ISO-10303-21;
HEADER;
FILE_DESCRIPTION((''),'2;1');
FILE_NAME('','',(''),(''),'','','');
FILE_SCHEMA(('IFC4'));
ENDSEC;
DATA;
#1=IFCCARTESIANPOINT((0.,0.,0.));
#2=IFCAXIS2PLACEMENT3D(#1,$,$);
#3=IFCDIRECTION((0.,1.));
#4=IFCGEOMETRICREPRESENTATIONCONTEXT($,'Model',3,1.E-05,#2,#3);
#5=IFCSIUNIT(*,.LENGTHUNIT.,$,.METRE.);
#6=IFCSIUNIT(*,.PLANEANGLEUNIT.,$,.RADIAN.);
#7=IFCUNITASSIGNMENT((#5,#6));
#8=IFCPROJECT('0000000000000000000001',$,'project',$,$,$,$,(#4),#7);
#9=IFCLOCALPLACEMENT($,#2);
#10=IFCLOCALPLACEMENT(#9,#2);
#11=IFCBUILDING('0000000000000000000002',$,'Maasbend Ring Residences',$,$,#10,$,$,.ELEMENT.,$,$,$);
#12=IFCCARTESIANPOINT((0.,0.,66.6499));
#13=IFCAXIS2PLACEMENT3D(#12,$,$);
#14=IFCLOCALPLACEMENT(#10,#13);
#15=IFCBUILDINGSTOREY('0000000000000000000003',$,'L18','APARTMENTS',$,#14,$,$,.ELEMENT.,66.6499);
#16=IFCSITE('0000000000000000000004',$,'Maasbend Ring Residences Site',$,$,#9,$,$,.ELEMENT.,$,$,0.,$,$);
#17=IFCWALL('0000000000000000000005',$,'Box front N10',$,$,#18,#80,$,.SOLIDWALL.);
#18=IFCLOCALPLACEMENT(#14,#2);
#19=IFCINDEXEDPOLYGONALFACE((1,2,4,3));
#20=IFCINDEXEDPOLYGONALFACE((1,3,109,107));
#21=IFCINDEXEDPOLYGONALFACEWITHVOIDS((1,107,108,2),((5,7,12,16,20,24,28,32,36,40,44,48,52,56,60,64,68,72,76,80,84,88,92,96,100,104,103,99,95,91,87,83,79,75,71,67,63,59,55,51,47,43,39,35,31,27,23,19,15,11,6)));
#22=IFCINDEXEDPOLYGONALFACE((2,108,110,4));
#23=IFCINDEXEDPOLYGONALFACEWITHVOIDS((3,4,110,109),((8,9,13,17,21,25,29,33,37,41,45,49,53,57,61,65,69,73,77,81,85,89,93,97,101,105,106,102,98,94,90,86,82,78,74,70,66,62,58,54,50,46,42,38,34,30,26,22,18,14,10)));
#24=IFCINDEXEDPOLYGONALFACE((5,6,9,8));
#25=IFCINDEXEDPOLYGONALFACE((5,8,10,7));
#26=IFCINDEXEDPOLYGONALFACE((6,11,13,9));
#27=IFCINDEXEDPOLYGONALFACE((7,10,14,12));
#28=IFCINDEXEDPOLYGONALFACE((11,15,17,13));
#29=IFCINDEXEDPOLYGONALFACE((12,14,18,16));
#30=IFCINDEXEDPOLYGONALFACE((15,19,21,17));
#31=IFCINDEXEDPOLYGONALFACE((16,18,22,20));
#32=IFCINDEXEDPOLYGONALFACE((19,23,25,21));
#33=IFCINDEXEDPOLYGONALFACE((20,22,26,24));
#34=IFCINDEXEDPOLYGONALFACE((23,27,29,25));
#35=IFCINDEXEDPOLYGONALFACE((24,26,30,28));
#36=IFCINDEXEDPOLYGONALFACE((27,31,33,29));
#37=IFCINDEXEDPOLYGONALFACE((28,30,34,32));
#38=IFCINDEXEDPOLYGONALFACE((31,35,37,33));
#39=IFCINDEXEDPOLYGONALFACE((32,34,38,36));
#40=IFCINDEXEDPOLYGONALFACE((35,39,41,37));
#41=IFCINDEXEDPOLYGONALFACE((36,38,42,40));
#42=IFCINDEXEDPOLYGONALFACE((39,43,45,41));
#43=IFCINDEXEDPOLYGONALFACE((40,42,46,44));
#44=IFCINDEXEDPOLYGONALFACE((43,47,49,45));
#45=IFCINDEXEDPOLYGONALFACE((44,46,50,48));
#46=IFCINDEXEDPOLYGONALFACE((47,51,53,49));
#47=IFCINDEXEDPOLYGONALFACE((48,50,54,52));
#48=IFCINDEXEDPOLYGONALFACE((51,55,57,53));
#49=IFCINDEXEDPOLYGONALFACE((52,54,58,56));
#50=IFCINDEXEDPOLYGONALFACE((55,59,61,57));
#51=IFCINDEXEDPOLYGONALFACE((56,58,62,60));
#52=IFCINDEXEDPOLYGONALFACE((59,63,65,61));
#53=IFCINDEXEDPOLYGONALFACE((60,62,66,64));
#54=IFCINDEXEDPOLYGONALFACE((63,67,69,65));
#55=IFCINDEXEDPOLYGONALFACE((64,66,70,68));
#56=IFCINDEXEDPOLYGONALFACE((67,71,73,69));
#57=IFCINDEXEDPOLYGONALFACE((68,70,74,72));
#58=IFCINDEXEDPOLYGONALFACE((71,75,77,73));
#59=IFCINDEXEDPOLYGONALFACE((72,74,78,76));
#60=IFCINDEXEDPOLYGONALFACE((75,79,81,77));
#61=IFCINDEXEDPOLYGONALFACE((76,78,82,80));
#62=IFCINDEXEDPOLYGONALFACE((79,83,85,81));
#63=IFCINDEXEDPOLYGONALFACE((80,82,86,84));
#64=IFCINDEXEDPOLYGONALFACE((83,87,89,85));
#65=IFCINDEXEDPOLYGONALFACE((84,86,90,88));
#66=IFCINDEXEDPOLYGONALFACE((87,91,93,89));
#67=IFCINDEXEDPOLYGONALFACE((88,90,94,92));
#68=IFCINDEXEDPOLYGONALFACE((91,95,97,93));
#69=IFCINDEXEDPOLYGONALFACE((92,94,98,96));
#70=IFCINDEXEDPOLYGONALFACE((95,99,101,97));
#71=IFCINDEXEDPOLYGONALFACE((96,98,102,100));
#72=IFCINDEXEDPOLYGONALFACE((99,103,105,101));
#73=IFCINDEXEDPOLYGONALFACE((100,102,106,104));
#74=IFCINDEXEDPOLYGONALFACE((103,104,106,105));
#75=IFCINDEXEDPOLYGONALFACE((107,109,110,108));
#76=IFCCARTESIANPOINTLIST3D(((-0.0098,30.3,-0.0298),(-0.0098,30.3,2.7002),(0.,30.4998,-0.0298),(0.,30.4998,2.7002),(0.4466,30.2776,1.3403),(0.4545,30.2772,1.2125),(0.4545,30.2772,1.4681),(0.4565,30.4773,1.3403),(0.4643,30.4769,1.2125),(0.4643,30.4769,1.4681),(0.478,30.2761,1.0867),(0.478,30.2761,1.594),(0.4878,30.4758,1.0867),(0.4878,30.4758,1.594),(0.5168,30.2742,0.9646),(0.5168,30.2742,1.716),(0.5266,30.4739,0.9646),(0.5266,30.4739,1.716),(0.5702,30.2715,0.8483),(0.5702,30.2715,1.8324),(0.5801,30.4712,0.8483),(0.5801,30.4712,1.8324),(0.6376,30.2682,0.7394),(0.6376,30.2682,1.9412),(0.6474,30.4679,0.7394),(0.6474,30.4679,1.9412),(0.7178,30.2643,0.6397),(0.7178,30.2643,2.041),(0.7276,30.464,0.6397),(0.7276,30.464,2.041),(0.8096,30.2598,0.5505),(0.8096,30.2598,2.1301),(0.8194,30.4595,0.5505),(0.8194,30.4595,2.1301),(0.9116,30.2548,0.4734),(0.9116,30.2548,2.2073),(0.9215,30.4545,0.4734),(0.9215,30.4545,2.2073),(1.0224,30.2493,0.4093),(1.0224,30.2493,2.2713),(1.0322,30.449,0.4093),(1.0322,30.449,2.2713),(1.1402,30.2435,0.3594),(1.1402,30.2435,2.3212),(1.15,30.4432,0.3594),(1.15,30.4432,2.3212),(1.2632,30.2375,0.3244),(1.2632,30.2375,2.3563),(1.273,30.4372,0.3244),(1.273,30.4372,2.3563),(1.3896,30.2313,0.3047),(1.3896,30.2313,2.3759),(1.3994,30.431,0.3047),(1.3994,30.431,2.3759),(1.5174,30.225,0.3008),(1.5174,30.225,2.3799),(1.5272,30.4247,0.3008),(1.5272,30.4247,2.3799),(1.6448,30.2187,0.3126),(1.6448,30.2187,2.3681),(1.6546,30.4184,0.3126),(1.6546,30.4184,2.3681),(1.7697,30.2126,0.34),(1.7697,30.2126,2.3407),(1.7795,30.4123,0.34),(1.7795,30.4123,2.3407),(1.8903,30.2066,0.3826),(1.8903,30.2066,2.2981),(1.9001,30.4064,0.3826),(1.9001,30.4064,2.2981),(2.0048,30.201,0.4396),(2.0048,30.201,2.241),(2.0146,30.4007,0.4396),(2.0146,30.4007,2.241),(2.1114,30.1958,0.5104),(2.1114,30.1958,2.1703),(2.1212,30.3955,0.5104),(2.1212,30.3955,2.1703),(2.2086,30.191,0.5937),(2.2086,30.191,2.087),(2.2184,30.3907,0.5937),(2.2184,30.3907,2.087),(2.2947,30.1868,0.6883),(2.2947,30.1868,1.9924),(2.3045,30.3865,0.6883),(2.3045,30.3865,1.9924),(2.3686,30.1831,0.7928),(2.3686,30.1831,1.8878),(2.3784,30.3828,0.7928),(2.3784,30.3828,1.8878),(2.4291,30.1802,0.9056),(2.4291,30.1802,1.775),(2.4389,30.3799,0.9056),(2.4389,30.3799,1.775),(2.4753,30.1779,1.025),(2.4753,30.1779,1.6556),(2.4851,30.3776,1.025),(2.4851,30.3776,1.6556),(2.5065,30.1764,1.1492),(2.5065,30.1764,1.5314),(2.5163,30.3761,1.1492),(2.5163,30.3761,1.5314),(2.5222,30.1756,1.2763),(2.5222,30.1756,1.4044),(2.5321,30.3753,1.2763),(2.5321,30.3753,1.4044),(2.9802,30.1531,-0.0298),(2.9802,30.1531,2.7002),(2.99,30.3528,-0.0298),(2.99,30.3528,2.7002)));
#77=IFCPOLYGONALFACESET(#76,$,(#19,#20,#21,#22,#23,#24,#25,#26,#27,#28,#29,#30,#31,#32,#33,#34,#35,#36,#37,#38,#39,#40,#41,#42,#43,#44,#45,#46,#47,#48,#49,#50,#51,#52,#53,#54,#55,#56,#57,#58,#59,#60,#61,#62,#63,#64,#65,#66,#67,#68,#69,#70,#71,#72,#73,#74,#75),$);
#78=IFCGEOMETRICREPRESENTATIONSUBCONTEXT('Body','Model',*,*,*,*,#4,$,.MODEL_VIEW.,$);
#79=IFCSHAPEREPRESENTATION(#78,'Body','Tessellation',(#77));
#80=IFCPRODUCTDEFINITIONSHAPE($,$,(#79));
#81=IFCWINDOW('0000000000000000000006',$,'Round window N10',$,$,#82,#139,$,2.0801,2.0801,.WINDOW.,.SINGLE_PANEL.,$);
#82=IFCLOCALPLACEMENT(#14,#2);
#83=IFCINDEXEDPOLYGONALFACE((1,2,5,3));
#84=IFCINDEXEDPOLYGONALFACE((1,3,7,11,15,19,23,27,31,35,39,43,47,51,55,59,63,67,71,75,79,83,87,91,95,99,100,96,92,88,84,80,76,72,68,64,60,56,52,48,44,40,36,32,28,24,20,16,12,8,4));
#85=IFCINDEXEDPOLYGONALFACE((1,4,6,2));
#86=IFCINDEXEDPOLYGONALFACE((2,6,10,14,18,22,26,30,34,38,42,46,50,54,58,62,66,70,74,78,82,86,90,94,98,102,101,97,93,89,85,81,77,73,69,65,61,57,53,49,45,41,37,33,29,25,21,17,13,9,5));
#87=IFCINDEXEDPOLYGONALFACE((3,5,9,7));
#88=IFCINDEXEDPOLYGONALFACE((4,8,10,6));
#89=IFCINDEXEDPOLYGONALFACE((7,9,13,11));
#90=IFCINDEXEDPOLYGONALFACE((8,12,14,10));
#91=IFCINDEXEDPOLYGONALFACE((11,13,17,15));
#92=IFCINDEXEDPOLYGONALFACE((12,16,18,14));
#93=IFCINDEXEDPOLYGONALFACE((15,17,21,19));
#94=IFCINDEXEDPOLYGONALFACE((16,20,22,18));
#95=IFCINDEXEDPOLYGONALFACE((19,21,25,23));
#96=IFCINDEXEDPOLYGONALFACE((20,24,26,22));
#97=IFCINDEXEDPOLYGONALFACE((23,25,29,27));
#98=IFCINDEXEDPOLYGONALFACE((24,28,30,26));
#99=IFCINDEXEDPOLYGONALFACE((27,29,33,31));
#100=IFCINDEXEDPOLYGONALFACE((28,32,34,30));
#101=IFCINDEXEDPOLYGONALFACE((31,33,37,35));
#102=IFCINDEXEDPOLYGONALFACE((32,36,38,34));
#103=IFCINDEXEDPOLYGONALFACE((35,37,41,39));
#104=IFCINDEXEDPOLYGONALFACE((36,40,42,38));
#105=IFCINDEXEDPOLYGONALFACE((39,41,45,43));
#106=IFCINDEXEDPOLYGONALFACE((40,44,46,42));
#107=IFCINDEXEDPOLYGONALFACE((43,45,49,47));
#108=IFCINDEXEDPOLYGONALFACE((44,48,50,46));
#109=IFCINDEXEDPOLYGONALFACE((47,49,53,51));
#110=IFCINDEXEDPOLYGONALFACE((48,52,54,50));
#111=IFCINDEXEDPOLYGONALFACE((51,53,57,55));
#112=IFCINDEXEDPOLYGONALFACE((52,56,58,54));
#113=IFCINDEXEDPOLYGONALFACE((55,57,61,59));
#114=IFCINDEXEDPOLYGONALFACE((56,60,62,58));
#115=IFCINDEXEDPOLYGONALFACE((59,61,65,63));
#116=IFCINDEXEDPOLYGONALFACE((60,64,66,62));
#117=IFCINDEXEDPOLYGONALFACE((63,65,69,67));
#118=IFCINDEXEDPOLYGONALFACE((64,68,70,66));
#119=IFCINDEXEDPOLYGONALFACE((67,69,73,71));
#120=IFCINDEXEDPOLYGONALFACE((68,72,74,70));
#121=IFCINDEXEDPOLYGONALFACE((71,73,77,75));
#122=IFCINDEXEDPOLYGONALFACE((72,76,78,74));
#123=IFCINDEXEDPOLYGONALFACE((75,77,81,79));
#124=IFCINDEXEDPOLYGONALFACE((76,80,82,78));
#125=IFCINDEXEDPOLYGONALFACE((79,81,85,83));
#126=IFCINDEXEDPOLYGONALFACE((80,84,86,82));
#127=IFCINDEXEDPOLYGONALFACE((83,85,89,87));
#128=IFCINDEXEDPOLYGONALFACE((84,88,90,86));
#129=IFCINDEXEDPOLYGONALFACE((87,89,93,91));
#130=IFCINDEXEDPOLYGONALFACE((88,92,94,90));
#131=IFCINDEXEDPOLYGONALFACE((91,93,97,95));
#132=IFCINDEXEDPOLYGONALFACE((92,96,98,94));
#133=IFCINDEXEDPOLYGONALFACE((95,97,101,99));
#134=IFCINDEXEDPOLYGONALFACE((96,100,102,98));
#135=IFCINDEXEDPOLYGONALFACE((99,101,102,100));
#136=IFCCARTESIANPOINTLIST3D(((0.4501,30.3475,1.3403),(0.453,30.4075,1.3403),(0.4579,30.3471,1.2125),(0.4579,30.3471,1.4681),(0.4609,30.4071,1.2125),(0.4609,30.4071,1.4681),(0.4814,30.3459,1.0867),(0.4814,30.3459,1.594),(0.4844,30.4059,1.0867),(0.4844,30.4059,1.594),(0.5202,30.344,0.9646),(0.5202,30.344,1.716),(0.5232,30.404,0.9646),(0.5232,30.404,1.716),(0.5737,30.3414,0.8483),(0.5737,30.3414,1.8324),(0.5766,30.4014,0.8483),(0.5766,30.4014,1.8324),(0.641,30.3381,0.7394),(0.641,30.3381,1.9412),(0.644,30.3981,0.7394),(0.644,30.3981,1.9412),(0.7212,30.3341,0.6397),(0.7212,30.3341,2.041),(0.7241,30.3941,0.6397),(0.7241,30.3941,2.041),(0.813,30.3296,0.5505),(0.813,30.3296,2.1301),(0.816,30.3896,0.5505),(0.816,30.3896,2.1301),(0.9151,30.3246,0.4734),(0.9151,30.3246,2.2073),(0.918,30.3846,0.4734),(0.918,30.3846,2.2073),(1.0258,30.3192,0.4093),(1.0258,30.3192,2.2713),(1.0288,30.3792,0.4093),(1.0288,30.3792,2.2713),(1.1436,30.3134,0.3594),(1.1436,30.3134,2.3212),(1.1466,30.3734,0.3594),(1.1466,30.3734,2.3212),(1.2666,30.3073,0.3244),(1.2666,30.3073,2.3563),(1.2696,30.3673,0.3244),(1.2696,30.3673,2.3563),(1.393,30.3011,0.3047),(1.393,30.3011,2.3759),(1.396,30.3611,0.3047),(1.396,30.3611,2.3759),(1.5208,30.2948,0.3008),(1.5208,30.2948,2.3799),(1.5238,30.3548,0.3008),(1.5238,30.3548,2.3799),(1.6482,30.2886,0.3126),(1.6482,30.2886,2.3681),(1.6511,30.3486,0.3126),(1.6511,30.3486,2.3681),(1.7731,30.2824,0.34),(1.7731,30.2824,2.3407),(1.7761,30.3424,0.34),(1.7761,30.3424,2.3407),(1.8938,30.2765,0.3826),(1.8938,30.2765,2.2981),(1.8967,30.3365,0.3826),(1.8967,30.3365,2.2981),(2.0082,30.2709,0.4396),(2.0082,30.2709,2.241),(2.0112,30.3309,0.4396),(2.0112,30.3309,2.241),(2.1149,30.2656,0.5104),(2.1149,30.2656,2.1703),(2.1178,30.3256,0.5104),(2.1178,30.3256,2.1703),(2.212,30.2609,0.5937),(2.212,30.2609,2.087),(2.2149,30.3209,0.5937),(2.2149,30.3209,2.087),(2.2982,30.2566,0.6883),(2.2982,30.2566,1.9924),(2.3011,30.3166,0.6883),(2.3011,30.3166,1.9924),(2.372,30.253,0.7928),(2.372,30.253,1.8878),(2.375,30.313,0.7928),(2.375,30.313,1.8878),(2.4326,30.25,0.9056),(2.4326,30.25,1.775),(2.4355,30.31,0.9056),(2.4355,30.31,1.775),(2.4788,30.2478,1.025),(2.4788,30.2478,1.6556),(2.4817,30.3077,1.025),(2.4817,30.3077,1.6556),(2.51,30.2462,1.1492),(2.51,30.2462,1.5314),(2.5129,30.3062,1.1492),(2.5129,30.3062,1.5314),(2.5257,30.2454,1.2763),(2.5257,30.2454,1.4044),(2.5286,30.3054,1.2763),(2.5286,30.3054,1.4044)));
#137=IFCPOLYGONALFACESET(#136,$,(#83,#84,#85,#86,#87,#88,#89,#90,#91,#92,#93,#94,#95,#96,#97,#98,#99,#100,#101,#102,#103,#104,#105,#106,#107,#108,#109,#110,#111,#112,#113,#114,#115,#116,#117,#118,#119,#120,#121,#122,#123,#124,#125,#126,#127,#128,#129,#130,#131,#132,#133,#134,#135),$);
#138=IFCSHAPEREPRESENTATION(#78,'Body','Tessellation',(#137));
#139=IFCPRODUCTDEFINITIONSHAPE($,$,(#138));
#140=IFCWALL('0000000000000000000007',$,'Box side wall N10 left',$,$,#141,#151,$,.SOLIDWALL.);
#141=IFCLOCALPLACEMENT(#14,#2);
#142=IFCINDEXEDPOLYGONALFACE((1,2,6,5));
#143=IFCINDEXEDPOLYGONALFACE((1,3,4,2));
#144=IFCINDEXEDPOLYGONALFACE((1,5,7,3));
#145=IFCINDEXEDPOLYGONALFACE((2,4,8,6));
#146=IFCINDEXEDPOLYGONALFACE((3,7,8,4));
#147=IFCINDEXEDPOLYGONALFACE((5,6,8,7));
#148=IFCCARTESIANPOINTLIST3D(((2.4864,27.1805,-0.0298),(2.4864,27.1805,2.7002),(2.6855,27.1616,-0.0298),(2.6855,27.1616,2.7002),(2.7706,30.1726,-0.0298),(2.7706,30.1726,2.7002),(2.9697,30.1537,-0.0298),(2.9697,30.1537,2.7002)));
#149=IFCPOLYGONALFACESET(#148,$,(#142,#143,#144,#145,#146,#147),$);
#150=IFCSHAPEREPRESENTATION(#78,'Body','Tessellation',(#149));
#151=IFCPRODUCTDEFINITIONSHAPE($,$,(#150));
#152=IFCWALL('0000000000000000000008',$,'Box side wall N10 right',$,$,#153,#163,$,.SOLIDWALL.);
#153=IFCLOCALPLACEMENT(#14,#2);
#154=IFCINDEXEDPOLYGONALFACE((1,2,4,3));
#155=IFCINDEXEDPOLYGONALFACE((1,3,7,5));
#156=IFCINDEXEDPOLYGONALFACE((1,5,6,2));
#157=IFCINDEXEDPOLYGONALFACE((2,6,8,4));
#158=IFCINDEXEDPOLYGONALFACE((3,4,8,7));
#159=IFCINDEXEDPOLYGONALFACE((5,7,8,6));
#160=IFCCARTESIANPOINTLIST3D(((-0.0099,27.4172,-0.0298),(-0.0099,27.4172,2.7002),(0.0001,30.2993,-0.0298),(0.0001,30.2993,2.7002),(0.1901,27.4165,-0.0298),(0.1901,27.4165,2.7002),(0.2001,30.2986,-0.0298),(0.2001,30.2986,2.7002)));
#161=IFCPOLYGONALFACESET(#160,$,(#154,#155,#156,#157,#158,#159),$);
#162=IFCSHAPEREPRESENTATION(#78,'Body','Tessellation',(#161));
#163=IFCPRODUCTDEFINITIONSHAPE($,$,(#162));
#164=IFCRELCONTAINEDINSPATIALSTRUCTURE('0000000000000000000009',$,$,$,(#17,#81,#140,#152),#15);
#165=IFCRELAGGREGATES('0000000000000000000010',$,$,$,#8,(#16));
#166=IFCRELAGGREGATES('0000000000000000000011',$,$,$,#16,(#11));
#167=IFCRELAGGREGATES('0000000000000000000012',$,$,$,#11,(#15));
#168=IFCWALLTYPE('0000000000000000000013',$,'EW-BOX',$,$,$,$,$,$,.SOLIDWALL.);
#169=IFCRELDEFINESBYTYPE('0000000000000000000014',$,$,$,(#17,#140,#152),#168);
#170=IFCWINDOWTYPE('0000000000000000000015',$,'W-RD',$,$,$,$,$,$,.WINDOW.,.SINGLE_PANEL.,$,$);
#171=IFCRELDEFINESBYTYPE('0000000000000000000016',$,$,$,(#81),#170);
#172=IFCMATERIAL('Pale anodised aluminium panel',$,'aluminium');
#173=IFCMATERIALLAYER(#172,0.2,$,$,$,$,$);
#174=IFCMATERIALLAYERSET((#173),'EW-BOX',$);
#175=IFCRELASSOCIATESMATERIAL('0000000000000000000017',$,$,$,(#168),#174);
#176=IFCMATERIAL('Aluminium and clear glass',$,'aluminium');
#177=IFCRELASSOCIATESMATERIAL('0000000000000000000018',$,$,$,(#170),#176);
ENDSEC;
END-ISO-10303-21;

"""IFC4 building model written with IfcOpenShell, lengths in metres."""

from ifc_helpers import new_model, si_unit, direction, frame, frame_2d, origin, place, context, subcontext, project, spatial, rectangle, circle, extrude, material, layer, layer_set, type_object, element, fill, save


model = new_model("IFC4")

# Units and contexts
model_context = context("Model", 3, precision=1e-05, world=origin(), true_north=direction((0.0, 1.0)))
body_context = subcontext(model_context, "Body", "Model", "MODEL_VIEW")
ifc_project = project(units=[si_unit("LENGTHUNIT", "METRE"), si_unit("PLANEANGLEUNIT", "RADIAN")], contexts=[model_context])

# Site, building, storey
site_placement = place(None, origin())
site = spatial("IfcSite", under=ifc_project, at=site_placement, Name="Maasbend Ring Residences Site", CompositionType="ELEMENT", RefElevation=0.0)
building_placement = place(site_placement, origin())
building = spatial("IfcBuilding", under=site, at=building_placement, Name="Maasbend Ring Residences", CompositionType="ELEMENT")
storey_placement = place(building_placement, frame((0.0, 0.0, 66.6499)))
storey = spatial("IfcBuildingStorey", under=building, at=storey_placement, Name="L18", Description="APARTMENTS", CompositionType="ELEMENT", Elevation=66.6499)

# Shared definitions
ifc_material_1 = material(Name="Pale anodised aluminium panel", Category="aluminium")
ifc_layer_1 = layer(ifc_material_1, 0.2)
ifc_layer_set_1 = layer_set([ifc_layer_1], Name="EW-BOX")
wall_type_1 = type_object("IfcWallType", Name="EW-BOX", PredefinedType="SOLIDWALL", material=ifc_layer_set_1)
ifc_material_2 = material(Name="Aluminium and clear glass", Category="aluminium")
window_type_1 = type_object("IfcWindowType", Name="W-RD", PartitioningType="SINGLE_PANEL", PredefinedType="WINDOW", material=ifc_material_2)

# Wall, opening, window
wall_1_placement = place(storey_placement, frame((2.9851, 30.2529, -0.0298), z_axis=(0.0, 0.0, 1.0), x_axis=(-0.998794, 0.049096, 0.0)))
wall_1 = element("IfcWall", 1, at=wall_1_placement, inside=storey, type_object=wall_type_1, Name="Box front N10", PredefinedType="SOLIDWALL", context=body_context, shape_type="SweptSolid", body=[
    extrude(rectangle(XDim=2.9937, YDim=0.2, at=frame_2d((1.4968, 0.0))), origin(), (0.0, 0.0, 1.0), 2.73),
])
opening_1_placement = place(wall_1_placement, frame((0.4565, 0.0, 0.3301)))
opening_1 = element("IfcOpeningElement", 2, at=opening_1_placement, cuts=wall_1, PredefinedType="OPENING", context=body_context, shape_type="SweptSolid", body=[
    extrude(circle(Radius=1.04, at=frame_2d((1.04, 1.04))), frame((0.0, 0.1099, 0.0), z_axis=(0.0, -1.0, 0.0), x_axis=(1.0, 0.0, 0.0)), (0.0, 0.0, 1.0), 0.22),
])
window_1_placement = place(opening_1_placement, origin())
window_1 = element("IfcWindow", 3, at=window_1_placement, inside=storey, type_object=window_type_1, Name="Round window N10", OverallHeight=2.0801, OverallWidth=2.0801, PartitioningType="SINGLE_PANEL", PredefinedType="WINDOW", context=body_context, shape_type="SweptSolid", body=[
    extrude(circle(Radius=1.04, at=frame_2d((1.04, 1.04))), frame((0.0, 0.03, 0.0), z_axis=(0.0, -1.0, 0.0), x_axis=(1.0, 0.0, 0.0)), (0.0, 0.0, 1.0), 0.0601),
])
fill(opening_1, window_1)

# Walls
wall_2_placement = place(storey_placement, frame((2.5859, 27.1709, -0.0298), z_axis=(0.0, 0.0, 1.0), x_axis=(0.094548, 0.99552, 0.0)))
element("IfcWall", 4, at=wall_2_placement, inside=storey, type_object=wall_type_1, Name="Box side wall N10 left", PredefinedType="SOLIDWALL", context=body_context, shape_type="SweptSolid", body=[
    extrude(rectangle(XDim=3.0056, YDim=0.2, at=frame_2d((1.5029, 0.0))), origin(), (0.0, 0.0, 1.0), 2.73),
])
wall_3_placement = place(storey_placement, frame((0.0901, 27.417, -0.0298), z_axis=(0.0, 0.0, 1.0), x_axis=(0.003473, 0.999994, 0.0)))
element("IfcWall", 5, at=wall_3_placement, inside=storey, type_object=wall_type_1, Name="Box side wall N10 right", PredefinedType="SOLIDWALL", context=body_context, shape_type="SweptSolid", body=[
    extrude(rectangle(XDim=2.8821, YDim=0.2, at=frame_2d((1.4409, 0.0))), origin(), (0.0, 0.0, 1.0), 2.73),
])

save(model, "model.ifc")
